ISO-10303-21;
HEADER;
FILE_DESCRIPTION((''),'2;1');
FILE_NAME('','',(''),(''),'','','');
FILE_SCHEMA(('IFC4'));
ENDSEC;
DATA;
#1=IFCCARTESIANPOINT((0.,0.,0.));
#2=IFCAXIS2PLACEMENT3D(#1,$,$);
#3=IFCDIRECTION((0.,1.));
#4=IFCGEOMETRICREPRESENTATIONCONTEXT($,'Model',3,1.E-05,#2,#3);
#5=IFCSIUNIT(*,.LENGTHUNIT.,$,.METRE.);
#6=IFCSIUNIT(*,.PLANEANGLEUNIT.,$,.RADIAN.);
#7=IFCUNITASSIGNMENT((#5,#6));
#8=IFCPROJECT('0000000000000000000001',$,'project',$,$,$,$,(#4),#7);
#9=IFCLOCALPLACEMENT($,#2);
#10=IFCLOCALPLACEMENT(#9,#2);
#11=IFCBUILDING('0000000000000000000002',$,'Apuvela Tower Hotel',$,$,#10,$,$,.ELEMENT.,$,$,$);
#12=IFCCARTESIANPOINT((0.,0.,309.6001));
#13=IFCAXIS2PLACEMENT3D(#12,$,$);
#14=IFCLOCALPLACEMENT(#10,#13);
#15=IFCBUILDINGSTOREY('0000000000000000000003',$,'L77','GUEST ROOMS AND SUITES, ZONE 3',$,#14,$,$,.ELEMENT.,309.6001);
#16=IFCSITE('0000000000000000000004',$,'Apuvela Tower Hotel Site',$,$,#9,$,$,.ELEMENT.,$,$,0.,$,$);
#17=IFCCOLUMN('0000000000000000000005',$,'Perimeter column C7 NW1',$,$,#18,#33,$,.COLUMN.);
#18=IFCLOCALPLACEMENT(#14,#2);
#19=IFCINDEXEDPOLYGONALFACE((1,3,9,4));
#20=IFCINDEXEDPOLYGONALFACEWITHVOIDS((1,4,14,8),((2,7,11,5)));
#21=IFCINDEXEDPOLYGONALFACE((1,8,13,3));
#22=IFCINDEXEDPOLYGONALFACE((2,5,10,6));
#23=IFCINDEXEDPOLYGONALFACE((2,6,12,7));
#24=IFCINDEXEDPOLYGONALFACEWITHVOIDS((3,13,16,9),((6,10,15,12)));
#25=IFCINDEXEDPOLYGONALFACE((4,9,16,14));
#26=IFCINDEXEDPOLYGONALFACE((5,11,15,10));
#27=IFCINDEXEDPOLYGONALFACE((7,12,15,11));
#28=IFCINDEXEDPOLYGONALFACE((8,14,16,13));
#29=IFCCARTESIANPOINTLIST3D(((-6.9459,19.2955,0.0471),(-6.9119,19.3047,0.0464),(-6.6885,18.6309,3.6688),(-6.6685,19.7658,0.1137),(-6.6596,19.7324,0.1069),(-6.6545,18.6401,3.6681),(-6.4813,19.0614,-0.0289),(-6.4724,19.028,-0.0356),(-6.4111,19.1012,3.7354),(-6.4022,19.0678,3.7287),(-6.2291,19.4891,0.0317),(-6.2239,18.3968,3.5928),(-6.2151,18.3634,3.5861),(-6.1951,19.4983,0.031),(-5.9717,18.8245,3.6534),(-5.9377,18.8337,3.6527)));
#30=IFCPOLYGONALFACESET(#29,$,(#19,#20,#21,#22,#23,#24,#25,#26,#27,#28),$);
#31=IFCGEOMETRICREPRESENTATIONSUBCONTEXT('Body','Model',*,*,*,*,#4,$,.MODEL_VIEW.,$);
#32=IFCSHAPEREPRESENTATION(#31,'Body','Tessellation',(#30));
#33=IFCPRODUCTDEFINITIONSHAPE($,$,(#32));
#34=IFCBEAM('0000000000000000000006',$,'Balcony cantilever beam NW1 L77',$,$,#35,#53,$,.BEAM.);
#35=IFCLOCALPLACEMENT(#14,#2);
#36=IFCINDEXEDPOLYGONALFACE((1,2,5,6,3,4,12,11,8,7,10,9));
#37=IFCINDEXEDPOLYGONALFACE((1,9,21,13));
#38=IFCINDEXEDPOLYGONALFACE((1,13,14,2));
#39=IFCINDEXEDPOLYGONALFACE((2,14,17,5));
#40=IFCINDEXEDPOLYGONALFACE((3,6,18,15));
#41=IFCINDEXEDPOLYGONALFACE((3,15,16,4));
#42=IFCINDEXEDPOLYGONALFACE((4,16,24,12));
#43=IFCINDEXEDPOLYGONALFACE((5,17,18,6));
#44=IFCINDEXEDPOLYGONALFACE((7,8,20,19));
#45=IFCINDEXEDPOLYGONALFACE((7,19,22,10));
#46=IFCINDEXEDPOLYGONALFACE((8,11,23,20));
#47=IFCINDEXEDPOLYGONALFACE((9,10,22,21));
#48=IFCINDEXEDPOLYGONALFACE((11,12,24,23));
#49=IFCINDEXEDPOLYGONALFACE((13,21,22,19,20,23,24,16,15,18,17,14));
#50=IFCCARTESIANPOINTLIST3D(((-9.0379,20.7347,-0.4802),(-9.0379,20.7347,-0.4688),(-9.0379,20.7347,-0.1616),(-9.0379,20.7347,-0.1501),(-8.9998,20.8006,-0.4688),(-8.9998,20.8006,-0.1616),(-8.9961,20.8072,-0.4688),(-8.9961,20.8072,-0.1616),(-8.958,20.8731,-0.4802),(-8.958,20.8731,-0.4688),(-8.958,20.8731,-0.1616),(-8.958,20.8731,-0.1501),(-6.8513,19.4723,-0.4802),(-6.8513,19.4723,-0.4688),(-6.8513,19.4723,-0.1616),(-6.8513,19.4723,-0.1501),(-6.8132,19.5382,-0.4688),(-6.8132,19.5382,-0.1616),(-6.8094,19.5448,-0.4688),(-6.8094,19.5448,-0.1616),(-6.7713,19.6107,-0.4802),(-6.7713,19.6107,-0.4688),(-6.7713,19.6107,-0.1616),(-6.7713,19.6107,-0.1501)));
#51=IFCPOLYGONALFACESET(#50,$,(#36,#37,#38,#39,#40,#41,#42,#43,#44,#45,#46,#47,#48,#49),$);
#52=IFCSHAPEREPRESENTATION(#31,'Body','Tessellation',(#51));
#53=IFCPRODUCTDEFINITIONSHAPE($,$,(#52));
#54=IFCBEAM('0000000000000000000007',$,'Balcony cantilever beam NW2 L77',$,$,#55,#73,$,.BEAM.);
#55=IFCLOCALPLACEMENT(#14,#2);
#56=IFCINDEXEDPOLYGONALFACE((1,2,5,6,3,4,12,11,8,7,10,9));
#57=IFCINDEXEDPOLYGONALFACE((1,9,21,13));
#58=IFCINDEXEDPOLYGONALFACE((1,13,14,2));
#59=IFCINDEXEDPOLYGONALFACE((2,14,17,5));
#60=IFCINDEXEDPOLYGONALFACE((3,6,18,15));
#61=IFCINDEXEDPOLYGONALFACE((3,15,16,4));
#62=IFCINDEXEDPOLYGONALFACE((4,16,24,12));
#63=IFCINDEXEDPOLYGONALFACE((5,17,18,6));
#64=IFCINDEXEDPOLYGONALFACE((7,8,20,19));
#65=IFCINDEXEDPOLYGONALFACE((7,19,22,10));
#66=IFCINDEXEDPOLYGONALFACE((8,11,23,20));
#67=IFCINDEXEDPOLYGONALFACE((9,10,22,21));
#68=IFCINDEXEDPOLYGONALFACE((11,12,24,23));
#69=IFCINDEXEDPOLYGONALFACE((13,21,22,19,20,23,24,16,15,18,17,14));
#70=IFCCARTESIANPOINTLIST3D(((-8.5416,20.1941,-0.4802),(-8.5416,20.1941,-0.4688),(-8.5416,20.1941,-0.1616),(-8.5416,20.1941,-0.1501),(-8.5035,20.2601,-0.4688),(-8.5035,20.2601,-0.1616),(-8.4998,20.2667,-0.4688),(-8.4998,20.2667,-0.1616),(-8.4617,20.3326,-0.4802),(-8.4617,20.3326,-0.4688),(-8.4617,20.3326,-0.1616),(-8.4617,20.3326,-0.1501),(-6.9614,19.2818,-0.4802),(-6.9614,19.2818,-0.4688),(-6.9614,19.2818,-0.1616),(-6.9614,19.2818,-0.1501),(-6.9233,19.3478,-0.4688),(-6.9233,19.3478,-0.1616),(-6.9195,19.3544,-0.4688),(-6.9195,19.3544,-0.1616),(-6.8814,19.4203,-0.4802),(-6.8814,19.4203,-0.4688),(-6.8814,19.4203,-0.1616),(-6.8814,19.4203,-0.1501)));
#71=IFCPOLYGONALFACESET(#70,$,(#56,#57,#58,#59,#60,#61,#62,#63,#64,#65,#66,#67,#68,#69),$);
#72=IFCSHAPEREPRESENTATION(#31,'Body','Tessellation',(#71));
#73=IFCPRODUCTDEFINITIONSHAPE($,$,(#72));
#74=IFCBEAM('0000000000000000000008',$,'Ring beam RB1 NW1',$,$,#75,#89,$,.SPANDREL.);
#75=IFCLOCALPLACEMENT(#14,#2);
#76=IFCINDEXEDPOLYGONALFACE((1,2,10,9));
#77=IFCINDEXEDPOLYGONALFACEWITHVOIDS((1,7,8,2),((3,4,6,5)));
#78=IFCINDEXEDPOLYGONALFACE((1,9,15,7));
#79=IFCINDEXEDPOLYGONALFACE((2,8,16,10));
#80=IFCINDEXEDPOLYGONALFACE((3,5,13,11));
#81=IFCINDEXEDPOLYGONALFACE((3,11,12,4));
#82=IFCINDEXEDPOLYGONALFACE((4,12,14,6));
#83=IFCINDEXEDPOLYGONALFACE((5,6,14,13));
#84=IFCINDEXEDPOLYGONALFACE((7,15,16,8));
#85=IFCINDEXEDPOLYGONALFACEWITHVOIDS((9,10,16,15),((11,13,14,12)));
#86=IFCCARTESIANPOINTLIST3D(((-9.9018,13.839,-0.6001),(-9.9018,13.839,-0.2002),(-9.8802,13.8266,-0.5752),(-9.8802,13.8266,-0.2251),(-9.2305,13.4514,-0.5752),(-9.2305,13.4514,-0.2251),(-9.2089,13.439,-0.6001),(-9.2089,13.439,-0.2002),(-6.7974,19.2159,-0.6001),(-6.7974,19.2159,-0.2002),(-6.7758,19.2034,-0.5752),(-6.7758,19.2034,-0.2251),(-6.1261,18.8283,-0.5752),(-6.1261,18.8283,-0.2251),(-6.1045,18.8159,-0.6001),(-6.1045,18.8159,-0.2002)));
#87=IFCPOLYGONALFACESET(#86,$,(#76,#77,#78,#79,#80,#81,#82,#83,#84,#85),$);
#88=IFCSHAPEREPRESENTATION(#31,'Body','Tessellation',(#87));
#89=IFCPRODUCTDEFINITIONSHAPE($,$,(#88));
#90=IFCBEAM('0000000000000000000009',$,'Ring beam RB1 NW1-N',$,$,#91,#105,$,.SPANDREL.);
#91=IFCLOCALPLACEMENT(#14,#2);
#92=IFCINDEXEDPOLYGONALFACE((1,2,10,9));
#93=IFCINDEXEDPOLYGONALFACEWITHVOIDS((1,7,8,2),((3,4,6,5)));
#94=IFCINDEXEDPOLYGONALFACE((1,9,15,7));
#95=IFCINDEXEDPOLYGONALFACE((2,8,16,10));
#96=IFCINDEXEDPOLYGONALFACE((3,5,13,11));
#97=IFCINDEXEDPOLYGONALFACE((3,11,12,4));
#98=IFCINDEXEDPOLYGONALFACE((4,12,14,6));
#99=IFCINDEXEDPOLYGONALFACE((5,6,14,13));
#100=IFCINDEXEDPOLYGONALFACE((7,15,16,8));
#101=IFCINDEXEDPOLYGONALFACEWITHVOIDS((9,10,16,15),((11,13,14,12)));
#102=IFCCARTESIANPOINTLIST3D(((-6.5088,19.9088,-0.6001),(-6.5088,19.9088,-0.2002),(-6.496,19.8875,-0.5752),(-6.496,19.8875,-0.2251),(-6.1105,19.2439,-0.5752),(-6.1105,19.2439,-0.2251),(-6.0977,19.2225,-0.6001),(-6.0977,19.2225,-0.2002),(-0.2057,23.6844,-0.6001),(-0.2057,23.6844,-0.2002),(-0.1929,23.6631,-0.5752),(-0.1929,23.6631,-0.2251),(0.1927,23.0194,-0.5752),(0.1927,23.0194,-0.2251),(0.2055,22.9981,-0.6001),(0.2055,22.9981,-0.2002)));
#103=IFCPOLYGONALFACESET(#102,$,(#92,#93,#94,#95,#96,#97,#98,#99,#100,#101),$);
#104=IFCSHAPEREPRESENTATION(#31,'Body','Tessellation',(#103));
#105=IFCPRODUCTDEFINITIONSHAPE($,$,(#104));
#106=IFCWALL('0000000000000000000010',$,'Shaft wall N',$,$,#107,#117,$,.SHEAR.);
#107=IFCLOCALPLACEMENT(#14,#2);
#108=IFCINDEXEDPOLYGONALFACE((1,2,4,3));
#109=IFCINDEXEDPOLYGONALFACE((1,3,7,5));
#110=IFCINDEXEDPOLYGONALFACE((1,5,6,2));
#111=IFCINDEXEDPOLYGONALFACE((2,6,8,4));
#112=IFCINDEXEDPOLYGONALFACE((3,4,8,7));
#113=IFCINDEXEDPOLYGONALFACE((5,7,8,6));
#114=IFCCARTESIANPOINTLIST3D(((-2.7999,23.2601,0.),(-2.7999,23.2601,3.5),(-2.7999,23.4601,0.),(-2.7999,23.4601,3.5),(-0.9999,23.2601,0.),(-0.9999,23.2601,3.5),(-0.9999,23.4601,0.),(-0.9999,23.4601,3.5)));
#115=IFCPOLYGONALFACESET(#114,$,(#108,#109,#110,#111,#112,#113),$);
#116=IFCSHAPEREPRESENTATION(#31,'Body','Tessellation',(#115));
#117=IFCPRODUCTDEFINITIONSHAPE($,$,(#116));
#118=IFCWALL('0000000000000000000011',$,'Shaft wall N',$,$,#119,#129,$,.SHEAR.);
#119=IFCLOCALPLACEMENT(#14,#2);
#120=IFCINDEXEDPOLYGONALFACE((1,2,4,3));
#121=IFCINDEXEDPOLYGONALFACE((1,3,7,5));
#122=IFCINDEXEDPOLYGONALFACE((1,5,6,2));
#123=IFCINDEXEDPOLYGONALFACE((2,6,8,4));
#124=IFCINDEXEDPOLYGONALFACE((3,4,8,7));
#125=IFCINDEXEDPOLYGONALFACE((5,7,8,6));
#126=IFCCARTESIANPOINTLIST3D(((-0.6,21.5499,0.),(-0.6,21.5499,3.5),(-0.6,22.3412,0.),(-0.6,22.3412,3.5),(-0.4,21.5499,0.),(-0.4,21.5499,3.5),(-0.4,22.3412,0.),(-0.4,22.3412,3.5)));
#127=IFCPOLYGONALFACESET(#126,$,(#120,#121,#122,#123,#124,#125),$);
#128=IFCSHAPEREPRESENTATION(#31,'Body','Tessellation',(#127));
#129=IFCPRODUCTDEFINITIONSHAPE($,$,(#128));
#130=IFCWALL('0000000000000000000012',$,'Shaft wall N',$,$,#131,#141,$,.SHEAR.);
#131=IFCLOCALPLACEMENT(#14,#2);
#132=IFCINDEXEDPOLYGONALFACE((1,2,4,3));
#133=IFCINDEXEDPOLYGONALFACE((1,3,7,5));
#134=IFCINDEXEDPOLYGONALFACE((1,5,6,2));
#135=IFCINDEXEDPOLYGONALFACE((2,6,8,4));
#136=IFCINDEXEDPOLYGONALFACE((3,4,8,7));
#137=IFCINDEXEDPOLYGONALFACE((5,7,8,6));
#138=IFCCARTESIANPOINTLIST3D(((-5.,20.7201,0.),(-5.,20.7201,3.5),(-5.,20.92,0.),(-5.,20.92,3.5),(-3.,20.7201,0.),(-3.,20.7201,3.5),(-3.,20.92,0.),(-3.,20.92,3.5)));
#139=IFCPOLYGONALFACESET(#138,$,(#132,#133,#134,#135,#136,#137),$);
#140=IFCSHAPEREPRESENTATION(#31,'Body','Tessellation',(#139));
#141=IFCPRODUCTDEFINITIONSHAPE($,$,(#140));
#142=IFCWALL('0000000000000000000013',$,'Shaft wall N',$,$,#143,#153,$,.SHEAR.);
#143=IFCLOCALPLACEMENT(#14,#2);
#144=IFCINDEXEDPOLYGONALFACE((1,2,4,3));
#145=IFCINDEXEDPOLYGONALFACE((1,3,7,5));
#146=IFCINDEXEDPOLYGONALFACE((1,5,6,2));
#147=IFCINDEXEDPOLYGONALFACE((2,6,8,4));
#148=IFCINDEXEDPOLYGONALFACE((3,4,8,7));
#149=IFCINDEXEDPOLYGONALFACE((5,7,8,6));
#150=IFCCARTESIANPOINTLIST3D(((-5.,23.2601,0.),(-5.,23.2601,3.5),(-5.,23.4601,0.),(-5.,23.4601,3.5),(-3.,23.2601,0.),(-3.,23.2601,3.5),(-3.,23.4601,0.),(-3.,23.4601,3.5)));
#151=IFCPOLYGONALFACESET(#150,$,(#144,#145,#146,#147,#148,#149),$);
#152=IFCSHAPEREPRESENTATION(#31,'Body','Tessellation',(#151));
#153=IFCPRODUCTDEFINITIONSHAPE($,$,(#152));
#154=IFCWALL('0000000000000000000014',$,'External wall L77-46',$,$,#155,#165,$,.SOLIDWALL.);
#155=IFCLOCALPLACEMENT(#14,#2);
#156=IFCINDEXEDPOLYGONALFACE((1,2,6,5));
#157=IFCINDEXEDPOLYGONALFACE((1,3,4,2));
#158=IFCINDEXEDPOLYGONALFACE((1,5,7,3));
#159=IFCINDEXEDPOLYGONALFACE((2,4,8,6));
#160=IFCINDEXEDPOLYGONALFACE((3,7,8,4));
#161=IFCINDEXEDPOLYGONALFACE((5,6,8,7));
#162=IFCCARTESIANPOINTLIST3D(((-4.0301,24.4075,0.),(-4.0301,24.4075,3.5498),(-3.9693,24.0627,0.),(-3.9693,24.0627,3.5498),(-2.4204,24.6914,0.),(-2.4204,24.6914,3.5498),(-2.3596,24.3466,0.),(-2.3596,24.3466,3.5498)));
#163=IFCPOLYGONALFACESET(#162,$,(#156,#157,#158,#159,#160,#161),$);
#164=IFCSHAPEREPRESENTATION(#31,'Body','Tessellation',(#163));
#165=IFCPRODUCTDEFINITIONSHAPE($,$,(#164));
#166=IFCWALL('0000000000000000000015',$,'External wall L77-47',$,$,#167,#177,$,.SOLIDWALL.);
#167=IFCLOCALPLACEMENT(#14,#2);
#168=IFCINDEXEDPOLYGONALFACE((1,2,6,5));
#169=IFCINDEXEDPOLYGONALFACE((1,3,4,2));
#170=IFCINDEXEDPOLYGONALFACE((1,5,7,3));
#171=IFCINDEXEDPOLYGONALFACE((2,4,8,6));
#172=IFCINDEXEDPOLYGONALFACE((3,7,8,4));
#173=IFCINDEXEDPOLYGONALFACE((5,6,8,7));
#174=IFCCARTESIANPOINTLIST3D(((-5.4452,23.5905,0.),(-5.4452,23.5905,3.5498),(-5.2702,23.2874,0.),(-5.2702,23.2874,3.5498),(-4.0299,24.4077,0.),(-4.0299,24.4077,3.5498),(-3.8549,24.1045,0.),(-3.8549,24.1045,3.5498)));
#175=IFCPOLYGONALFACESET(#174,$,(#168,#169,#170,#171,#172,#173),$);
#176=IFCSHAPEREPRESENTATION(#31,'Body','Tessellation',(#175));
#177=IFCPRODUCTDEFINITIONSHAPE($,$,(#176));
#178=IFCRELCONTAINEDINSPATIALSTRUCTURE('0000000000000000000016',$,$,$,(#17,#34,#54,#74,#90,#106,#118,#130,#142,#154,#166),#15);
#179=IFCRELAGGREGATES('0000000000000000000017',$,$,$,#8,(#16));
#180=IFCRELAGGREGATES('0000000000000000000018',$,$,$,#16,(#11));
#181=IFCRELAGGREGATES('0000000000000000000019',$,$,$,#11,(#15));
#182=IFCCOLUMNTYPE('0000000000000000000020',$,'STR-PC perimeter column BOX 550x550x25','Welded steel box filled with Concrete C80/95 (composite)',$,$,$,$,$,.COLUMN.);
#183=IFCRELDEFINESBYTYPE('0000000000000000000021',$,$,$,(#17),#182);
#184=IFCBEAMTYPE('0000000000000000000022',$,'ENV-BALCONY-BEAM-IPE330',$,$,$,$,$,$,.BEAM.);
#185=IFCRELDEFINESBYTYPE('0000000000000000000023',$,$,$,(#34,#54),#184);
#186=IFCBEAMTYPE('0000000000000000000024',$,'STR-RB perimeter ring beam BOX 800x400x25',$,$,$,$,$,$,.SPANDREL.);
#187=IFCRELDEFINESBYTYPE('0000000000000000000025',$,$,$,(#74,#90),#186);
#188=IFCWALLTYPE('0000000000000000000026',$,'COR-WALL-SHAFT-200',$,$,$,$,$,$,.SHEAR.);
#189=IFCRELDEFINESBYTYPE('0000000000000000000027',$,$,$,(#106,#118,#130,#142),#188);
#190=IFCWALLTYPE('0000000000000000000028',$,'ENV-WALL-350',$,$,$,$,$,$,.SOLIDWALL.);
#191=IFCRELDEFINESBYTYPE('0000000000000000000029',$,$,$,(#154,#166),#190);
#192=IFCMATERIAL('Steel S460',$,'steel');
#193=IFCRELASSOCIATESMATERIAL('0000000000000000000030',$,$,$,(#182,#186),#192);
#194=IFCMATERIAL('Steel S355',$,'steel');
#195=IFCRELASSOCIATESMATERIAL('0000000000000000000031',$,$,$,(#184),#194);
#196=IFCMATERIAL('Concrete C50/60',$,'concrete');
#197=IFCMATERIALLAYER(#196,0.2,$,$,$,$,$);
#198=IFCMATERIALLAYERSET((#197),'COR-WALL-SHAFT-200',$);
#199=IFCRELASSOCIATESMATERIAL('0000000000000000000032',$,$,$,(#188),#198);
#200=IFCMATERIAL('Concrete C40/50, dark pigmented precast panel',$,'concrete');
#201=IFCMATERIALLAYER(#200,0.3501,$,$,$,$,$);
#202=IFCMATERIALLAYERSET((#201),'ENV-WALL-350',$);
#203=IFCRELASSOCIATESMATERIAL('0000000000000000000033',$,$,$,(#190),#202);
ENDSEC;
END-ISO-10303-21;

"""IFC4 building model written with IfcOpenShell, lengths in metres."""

from ifc_helpers import new_model, si_unit, direction, frame, frame_2d, origin, origin_2d, place, context, subcontext, project, spatial, rectangle, hollow_rectangle, i_section, extrude, boolean, halfspace, material, layer, layer_set, material_profile, profile_set, type_object, element, save


model = new_model("IFC4")

# Units and contexts
model_context = context("Model", 3, precision=1e-05, world=origin(), true_north=direction((0.0, 1.0)))
body_context = subcontext(model_context, "Body", "Model", "MODEL_VIEW")
ifc_project = project(units=[si_unit("LENGTHUNIT", "METRE"), si_unit("PLANEANGLEUNIT", "RADIAN")], contexts=[model_context])

# Site, building, storey
site_placement = place(None, origin())
site = spatial("IfcSite", under=ifc_project, at=site_placement, Name="Apuvela Tower Hotel Site", CompositionType="ELEMENT", RefElevation=0.0)
building_placement = place(site_placement, origin())
building = spatial("IfcBuilding", under=site, at=building_placement, Name="Apuvela Tower Hotel", CompositionType="ELEMENT")
storey_placement = place(building_placement, frame((0.0, 0.0, 309.6001)))
storey = spatial("IfcBuildingStorey", under=building, at=storey_placement, Name="L77", Description="GUEST ROOMS AND SUITES, ZONE 3", CompositionType="ELEMENT", Elevation=309.6001)

# Column
ifc_material_1 = material(Name="Steel S460", Category="steel")
ifc_material_2 = material(Name="Concrete C80/95", Category="concrete")
ifc_material_profile_1 = material_profile(ifc_material_1, hollow_rectangle(XDim=0.55, YDim=0.55, WallThickness=0.0249, at=origin_2d()), Name="BOX 550x550x25")
ifc_material_profile_2 = material_profile(ifc_material_2, rectangle(XDim=0.5, YDim=0.5, at=origin_2d()), Name="Concrete C80/95 infill")
ifc_profile_set_1 = profile_set([ifc_material_profile_1, ifc_material_profile_2], Name="Steel S460")
column_type_1 = type_object("IfcColumnType", Name="STR-PC perimeter column BOX 550x550x25", Description="Welded steel box filled with Concrete C80/95 (composite)", PredefinedType="COLUMN", material=ifc_profile_set_1)
column_1_placement = place(storey_placement, frame((-6.5732, 19.4041, 0.0), z_axis=(0.069728, -0.180051, 0.981183), x_axis=(0.504277, 0.855014, 0.121062)))
element("IfcColumn", 1, at=column_1_placement, inside=storey, type_object=column_type_1, Name="Perimeter column C7 NW1", PredefinedType="COLUMN", context=body_context, shape_type="SweptSolid", body=[
    boolean("DIFFERENCE", boolean("DIFFERENCE", extrude(hollow_rectangle(XDim=0.55, YDim=0.55, WallThickness=0.0249, at=origin_2d()), origin(), (0.0, 0.0, 1.0), 3.771), halfspace(frame((0.0, 0.0, 0.0398), z_axis=(0.0, 0.0, 1.0), x_axis=(1.0, 0.0, 0.0)), True)), halfspace(frame((0.0, 0.0, 3.731), z_axis=(0.0, 0.0, 1.0), x_axis=(1.0, 0.0, 0.0)), False)),
])

# Beams
ifc_material_3 = material(Name="Steel S355", Category="steel")
ifc_material_profile_3 = material_profile(ifc_material_3, i_section(OverallWidth=0.1599, OverallDepth=0.3301, WebThickness=0.0076, FlangeThickness=0.0115, at=origin_2d()), Name="IPE 330")
ifc_profile_set_2 = profile_set([ifc_material_profile_3], Name="Steel S355")
beam_type_1 = type_object("IfcBeamType", Name="ENV-BALCONY-BEAM-IPE330", PredefinedType="BEAM", material=ifc_profile_set_2)
beam_1_placement = place(storey_placement, frame((-6.8113, 19.5415, -0.3152), z_axis=(-0.866039, 0.499976, 0.0), x_axis=(-0.499976, -0.866039, 0.0)))
element("IfcBeam", 2, at=beam_1_placement, inside=storey, type_object=beam_type_1, Name="Balcony cantilever beam NW1 L77", PredefinedType="BEAM", context=body_context, shape_type="SweptSolid", body=[
    extrude(i_section(OverallWidth=0.1599, OverallDepth=0.3301, WebThickness=0.0076, FlangeThickness=0.0115, at=origin_2d()), origin(), (0.0, 0.0, 1.0), 2.5249),
])
beam_2_placement = place(storey_placement, frame((-6.9214, 19.3511, -0.3152), z_axis=(-0.866036, 0.499981, 0.0), x_axis=(-0.499981, -0.866036, 0.0)))
element("IfcBeam", 3, at=beam_2_placement, inside=storey, type_object=beam_type_1, Name="Balcony cantilever beam NW2 L77", PredefinedType="BEAM", context=body_context, shape_type="SweptSolid", body=[
    extrude(i_section(OverallWidth=0.1599, OverallDepth=0.3301, WebThickness=0.0076, FlangeThickness=0.0115, at=origin_2d()), origin(), (0.0, 0.0, 1.0), 1.8247),
])
ifc_material_profile_4 = material_profile(ifc_material_1, hollow_rectangle(XDim=0.8, YDim=0.3999, WallThickness=0.0249, at=origin_2d()), Name="BOX 800x400x25")
ifc_profile_set_3 = profile_set([ifc_material_profile_4], Name="Steel S460")
beam_type_2 = type_object("IfcBeamType", Name="STR-RB perimeter ring beam BOX 800x400x25", PredefinedType="SPANDREL", material=ifc_profile_set_3)
beam_3_placement = place(storey_placement, frame((-6.4509, 19.0159, -0.4001), z_axis=(-0.500013, -0.866018, 0.0), x_axis=(0.866018, -0.500013, 0.0)))
element("IfcBeam", 4, at=beam_3_placement, inside=storey, type_object=beam_type_2, Name="Ring beam RB1 NW1", PredefinedType="SPANDREL", context=body_context, shape_type="SweptSolid", body=[
    extrude(hollow_rectangle(XDim=0.8, YDim=0.3999, WallThickness=0.0249, at=origin_2d()), origin(), (0.0, 0.0, 1.0), 6.2087),
])
beam_4_placement = place(storey_placement, frame((-6.3032, 19.5657, -0.4001), z_axis=(0.857871, 0.513865, 0.0), x_axis=(-0.513865, 0.857871, 0.0)))
element("IfcBeam", 5, at=beam_4_placement, inside=storey, type_object=beam_type_2, Name="Ring beam RB1 NW1-N", PredefinedType="SPANDREL", context=body_context, shape_type="SweptSolid", body=[
    extrude(hollow_rectangle(XDim=0.8, YDim=0.3999, WallThickness=0.0249, at=origin_2d()), origin(), (0.0, 0.0, 1.0), 7.3474),
])

# Walls
ifc_material_4 = material(Name="Concrete C50/60", Category="concrete")
ifc_layer_1 = layer(ifc_material_4, 0.2)
ifc_layer_set_1 = layer_set([ifc_layer_1], Name="COR-WALL-SHAFT-200")
wall_type_1 = type_object("IfcWallType", Name="COR-WALL-SHAFT-200", PredefinedType="SHEAR", material=ifc_layer_set_1)
wall_1_placement = place(storey_placement, frame((-1.0, 23.3601, 0.0), z_axis=(0.0, 0.0, 1.0), x_axis=(-1.0, 0.0, 0.0)))
element("IfcWall", 6, at=wall_1_placement, inside=storey, type_object=wall_type_1, Name="Shaft wall N", PredefinedType="SHEAR", context=body_context, shape_type="SweptSolid", body=[
    extrude(rectangle(XDim=1.8, YDim=0.2, at=frame_2d((0.8999, 0.0))), origin(), (0.0, 0.0, 1.0), 3.5),
])
wall_2_placement = place(storey_placement, frame((-0.5, 21.55, 0.0), z_axis=(0.0, 0.0, 1.0), x_axis=(0.0, 1.0, 0.0)))
element("IfcWall", 7, at=wall_2_placement, inside=storey, type_object=wall_type_1, Name="Shaft wall N", PredefinedType="SHEAR", context=body_context, shape_type="SweptSolid", body=[
    extrude(rectangle(XDim=0.7913, YDim=0.2, at=frame_2d((0.3955, 0.0))), origin(), (0.0, 0.0, 1.0), 3.5),
])
for number, where, z_axis, x_axis, name in (
    (8, (-3.0, 20.8201, 0.0), (0.0, 0.0, 1.0), (-1.0, 0.0, 0.0), "Shaft wall N"),
    (9, (-3.0, 23.3601, 0.0), (0.0, 0.0, 1.0), (-1.0, 0.0, 0.0), "Shaft wall N"),
):
    element("IfcWall", number, at=place(storey_placement, frame(where, z_axis=z_axis, x_axis=x_axis)), inside=storey, type_object=wall_type_1, Name=name, PredefinedType="SHEAR", context=body_context, shape_type="SweptSolid", body=[
        extrude(rectangle(XDim=2.0, YDim=0.2, at=frame_2d((1.0, 0.0))), origin(), (0.0, 0.0, 1.0), 3.5),
    ])

# Shared definitions
ifc_material_5 = material(Name="Concrete C40/50, dark pigmented precast panel", Category="concrete")
ifc_layer_2 = layer(ifc_material_5, 0.3501)
ifc_layer_set_2 = layer_set([ifc_layer_2], Name="ENV-WALL-350")
wall_type_2 = type_object("IfcWallType", Name="ENV-WALL-350", PredefinedType="SOLIDWALL", material=ifc_layer_set_2)

# Walls
wall_3_placement = place(storey_placement, frame((-2.3899, 24.519, 0.0), z_axis=(0.0, 0.0, 1.0), x_axis=(-0.984796, -0.173717, 0.0)))
element("IfcWall", 10, at=wall_3_placement, inside=storey, type_object=wall_type_2, Name="External wall L77-46", PredefinedType="SOLIDWALL", context=body_context, shape_type="SweptSolid", body=[
    extrude(rectangle(XDim=1.6345, YDim=0.3501, at=frame_2d((0.8174, 0.0))), origin(), (0.0, 0.0, 1.0), 3.5498),
])
wall_4_placement = place(storey_placement, frame((-3.9424, 24.2561, 0.0), z_axis=(0.0, 0.0, 1.0), x_axis=(-0.866019, -0.500011, 0.0)))
element("IfcWall", 11, at=wall_4_placement, inside=storey, type_object=wall_type_2, Name="External wall L77-47", PredefinedType="SOLIDWALL", context=body_context, shape_type="SweptSolid", body=[
    extrude(rectangle(XDim=1.6343, YDim=0.3501, at=frame_2d((0.8171, 0.0))), origin(), (0.0, 0.0, 1.0), 3.5498),
])

save(model, "model.ifc")
